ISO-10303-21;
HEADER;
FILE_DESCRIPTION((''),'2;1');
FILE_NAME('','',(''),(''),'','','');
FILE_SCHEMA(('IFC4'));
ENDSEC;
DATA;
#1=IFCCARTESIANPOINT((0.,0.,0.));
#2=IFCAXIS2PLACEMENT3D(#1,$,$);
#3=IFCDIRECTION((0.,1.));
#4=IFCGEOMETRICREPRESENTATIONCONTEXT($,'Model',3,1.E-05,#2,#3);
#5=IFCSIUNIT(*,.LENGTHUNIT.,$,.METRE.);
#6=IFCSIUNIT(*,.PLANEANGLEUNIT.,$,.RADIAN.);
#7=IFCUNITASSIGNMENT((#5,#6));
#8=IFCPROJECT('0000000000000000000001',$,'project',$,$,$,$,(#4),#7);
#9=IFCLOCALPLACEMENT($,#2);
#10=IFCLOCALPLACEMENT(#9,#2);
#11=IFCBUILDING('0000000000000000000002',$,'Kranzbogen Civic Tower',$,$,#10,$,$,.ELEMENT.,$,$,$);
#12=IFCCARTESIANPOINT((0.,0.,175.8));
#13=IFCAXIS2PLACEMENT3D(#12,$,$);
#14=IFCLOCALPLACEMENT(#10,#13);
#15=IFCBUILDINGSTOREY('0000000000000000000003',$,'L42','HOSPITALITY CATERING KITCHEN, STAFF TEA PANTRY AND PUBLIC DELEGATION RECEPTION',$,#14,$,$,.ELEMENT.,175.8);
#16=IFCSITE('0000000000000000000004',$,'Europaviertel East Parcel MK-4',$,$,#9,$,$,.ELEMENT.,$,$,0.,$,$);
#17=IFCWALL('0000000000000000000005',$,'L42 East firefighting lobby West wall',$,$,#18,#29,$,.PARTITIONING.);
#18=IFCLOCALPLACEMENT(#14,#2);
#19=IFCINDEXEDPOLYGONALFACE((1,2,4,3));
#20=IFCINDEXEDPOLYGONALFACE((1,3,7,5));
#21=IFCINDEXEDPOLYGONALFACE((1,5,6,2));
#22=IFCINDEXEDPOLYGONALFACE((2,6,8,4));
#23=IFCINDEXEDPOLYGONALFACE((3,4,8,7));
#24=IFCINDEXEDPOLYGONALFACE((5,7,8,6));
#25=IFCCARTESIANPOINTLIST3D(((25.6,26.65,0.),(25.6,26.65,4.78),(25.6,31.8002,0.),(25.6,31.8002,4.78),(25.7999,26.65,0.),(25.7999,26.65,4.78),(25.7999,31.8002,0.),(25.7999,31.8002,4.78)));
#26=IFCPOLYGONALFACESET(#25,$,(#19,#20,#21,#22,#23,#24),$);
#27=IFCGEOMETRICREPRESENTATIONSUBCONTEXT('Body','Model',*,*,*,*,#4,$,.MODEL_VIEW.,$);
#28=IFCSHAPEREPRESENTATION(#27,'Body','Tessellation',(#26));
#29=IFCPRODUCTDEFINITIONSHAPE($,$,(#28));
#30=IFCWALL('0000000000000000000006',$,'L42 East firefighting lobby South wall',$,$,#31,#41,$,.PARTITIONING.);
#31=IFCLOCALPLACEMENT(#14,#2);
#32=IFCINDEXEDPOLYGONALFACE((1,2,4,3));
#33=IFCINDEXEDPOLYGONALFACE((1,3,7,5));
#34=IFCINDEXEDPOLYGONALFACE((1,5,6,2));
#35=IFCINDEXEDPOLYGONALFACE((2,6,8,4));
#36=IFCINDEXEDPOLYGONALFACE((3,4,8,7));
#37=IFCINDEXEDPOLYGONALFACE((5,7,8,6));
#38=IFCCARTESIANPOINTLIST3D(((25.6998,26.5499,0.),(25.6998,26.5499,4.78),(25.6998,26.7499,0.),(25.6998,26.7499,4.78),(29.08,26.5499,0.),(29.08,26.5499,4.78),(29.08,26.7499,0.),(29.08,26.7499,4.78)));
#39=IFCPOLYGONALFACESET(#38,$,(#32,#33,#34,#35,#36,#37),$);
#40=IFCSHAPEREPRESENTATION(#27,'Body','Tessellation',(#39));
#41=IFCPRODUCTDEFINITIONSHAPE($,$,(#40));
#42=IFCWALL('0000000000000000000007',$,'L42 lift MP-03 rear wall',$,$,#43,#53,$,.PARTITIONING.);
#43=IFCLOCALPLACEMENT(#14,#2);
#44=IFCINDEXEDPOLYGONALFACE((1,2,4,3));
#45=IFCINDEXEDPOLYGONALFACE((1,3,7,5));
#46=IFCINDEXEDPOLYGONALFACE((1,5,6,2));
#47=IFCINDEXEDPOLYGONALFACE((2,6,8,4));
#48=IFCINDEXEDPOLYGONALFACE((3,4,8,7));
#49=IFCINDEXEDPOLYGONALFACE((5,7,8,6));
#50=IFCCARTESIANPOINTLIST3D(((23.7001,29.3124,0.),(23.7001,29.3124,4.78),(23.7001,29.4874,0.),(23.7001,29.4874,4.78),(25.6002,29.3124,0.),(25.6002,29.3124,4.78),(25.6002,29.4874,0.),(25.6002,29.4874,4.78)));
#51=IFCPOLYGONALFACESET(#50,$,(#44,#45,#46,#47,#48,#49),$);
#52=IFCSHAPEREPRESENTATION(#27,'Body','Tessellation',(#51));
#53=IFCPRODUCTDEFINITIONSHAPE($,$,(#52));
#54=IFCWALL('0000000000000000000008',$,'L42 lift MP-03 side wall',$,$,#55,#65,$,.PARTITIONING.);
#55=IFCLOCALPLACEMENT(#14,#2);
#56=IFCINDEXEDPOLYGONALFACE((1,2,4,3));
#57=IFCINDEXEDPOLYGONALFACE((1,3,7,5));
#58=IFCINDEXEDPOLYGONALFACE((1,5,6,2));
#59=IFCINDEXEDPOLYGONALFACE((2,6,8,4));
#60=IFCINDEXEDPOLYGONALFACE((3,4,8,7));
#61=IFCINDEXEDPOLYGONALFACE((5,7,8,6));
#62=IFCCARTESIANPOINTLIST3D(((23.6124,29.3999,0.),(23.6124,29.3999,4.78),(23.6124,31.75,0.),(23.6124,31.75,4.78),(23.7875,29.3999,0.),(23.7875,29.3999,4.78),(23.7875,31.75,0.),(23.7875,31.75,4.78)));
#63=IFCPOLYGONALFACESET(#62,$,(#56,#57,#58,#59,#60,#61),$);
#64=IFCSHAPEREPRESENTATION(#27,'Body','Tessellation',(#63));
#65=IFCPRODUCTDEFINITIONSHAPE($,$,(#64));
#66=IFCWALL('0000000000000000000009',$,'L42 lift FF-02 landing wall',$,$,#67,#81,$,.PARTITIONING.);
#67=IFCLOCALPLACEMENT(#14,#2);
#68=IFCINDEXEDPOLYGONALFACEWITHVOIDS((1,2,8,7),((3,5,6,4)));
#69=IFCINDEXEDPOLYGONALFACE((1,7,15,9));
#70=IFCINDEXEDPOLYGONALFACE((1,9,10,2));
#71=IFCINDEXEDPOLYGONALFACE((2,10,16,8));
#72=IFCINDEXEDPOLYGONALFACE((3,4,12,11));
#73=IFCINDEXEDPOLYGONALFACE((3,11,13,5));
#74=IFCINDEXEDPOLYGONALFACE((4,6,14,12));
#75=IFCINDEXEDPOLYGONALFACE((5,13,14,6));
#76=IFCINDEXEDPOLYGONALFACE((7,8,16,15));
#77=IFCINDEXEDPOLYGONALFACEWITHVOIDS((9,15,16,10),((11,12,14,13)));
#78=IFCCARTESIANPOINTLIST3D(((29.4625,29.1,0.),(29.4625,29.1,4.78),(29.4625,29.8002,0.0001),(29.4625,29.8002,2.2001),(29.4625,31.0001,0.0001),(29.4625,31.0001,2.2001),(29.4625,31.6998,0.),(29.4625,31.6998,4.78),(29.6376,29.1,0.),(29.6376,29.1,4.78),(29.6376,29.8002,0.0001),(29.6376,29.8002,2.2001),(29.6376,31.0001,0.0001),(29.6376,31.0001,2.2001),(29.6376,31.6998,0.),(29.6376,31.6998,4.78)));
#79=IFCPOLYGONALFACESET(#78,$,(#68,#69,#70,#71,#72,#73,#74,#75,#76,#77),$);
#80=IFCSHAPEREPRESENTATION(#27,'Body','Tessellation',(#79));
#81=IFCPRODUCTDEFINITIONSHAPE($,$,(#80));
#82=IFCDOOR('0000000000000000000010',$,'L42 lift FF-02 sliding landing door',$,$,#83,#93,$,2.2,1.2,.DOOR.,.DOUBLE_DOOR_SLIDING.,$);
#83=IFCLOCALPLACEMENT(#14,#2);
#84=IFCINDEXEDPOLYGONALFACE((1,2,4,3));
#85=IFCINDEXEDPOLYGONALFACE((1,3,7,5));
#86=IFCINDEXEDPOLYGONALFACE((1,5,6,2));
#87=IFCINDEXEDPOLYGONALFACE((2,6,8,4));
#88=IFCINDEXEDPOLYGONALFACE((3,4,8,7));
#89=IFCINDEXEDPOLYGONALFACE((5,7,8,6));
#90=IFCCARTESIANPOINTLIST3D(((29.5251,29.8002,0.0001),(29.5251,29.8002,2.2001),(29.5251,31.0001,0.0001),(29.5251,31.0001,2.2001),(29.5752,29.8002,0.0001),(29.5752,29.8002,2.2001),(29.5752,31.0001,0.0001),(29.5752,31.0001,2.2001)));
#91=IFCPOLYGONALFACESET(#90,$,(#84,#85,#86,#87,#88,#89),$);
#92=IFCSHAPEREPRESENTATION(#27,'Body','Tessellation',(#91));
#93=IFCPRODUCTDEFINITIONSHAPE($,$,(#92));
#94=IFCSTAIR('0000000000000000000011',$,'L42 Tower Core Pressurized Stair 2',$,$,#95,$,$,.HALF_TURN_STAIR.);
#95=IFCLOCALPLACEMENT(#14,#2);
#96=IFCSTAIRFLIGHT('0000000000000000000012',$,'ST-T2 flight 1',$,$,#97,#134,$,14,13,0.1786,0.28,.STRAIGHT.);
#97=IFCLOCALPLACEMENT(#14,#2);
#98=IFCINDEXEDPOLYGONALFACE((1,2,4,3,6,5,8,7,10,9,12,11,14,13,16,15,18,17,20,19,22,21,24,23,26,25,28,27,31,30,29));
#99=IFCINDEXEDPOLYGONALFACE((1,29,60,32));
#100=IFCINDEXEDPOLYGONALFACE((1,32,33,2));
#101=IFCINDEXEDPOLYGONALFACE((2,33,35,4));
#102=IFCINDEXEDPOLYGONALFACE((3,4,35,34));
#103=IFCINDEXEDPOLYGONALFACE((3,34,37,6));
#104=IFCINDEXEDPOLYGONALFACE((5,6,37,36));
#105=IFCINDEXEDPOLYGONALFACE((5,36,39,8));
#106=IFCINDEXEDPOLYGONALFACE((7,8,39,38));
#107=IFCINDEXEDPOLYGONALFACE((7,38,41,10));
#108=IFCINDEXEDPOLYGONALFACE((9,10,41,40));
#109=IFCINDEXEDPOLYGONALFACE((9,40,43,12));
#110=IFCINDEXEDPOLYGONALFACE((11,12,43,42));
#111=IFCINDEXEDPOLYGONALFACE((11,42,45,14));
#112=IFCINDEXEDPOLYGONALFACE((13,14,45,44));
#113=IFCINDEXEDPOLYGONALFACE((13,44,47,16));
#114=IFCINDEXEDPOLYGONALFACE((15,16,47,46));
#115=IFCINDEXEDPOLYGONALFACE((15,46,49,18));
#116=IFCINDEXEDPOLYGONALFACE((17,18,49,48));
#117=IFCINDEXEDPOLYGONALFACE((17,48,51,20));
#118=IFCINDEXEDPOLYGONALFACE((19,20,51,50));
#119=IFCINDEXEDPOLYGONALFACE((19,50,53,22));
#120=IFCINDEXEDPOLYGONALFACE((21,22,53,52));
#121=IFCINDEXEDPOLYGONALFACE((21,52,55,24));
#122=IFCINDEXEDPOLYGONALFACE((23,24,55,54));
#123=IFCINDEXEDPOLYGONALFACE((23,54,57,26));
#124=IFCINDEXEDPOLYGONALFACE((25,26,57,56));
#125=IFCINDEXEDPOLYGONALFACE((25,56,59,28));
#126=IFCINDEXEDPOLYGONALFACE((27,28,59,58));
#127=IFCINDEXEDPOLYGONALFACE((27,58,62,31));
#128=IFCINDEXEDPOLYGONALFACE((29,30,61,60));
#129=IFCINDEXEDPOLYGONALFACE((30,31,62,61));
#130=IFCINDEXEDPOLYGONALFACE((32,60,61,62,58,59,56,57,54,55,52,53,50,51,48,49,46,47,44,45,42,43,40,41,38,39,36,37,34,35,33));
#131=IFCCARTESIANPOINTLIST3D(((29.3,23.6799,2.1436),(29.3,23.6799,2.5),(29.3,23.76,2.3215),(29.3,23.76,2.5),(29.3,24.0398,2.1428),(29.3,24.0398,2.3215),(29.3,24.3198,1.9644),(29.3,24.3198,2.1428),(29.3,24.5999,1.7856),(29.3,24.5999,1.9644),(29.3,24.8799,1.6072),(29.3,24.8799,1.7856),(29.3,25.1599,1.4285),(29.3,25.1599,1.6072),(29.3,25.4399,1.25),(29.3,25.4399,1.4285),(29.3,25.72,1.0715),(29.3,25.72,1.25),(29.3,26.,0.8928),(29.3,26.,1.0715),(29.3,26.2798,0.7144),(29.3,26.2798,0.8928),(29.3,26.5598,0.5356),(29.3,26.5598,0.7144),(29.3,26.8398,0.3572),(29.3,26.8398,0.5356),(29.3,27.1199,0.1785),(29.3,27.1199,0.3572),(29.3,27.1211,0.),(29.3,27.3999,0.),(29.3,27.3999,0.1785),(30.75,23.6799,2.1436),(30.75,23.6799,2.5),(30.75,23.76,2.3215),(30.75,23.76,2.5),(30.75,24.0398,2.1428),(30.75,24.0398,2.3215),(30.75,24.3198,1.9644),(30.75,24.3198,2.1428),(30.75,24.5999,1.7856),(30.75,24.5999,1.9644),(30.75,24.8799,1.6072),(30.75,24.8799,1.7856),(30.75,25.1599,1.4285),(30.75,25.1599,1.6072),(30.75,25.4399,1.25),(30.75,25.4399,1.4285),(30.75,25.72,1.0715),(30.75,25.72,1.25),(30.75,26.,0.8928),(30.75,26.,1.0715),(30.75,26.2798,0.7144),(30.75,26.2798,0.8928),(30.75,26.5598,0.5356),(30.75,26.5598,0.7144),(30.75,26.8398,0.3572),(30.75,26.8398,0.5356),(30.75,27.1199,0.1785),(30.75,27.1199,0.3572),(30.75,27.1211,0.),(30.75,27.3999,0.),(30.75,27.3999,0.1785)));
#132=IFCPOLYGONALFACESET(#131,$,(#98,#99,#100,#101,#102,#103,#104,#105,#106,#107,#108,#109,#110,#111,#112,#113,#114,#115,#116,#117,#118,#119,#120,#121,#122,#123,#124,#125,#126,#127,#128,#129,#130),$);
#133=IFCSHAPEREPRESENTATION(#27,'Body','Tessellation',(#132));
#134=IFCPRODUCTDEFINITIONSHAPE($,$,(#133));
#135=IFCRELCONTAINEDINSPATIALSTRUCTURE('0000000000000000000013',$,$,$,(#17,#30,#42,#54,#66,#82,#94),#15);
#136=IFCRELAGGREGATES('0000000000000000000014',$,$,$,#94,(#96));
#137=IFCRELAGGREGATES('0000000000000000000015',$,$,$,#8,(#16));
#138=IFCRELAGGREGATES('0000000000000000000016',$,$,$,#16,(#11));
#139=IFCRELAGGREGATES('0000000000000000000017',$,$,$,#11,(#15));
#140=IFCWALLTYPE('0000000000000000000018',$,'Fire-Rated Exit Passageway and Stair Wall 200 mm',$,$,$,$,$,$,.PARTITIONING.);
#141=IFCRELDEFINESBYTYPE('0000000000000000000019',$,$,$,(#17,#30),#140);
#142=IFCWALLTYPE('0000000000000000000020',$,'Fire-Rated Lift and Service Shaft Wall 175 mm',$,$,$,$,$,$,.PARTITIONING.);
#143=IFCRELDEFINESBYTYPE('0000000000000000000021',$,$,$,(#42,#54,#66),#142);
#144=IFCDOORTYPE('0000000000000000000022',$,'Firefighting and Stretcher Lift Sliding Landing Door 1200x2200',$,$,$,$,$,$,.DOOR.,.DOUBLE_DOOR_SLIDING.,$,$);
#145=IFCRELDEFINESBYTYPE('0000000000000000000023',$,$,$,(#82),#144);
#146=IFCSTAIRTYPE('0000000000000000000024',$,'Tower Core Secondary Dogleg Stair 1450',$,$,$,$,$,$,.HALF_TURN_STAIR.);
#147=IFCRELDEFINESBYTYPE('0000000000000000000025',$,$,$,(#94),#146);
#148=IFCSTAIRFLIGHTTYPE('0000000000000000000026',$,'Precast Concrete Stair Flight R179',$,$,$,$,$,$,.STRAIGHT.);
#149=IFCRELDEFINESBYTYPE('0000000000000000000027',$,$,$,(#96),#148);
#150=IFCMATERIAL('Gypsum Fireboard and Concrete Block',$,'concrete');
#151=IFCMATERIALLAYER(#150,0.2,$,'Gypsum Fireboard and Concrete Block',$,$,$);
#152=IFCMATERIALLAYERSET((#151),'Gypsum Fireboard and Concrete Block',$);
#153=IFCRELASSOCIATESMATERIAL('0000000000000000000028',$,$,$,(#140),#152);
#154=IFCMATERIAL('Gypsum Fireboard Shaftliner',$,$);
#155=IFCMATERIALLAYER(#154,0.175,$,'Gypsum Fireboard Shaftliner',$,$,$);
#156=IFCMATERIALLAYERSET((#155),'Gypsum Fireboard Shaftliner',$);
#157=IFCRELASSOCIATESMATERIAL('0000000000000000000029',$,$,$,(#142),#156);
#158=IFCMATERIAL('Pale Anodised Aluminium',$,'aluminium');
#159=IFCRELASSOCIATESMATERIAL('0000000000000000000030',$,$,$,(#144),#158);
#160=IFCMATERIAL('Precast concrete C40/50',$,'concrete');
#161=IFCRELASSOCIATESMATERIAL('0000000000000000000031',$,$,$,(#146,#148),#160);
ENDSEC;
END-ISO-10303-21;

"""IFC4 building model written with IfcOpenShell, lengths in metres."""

from ifc_helpers import new_model, si_unit, direction, frame, frame_2d, origin, place, context, subcontext, project, spatial, polyline, rectangle, outline, extrude, material, layer, layer_set, type_object, element, fill, aggregate, save


model = new_model("IFC4")

# Units and contexts
model_context = context("Model", 3, precision=1e-05, world=origin(), true_north=direction((0.0, 1.0)))
body_context = subcontext(model_context, "Body", "Model", "MODEL_VIEW")
ifc_project = project(units=[si_unit("LENGTHUNIT", "METRE"), si_unit("PLANEANGLEUNIT", "RADIAN")], contexts=[model_context])

# Site, building, storey
site_placement = place(None, origin())
site = spatial("IfcSite", under=ifc_project, at=site_placement, Name="Europaviertel East Parcel MK-4", CompositionType="ELEMENT", RefElevation=0.0)
building_placement = place(site_placement, origin())
building = spatial("IfcBuilding", under=site, at=building_placement, Name="Kranzbogen Civic Tower", CompositionType="ELEMENT")
storey_placement = place(building_placement, frame((0.0, 0.0, 175.8)))
storey = spatial("IfcBuildingStorey", under=building, at=storey_placement, Name="L42", Description="HOSPITALITY CATERING KITCHEN, STAFF TEA PANTRY AND PUBLIC DELEGATION RECEPTION", CompositionType="ELEMENT", Elevation=175.8)

# Shared definitions
ifc_material_1 = material(Name="Pale Anodised Aluminium", Category="aluminium")

# Walls
ifc_material_2 = material(Name="Gypsum Fireboard and Concrete Block", Category="concrete")
ifc_layer_1 = layer(ifc_material_2, 0.2, Name="Gypsum Fireboard and Concrete Block")
ifc_layer_set_1 = layer_set([ifc_layer_1], Name="Gypsum Fireboard and Concrete Block")
wall_type_1 = type_object("IfcWallType", Name="Fire-Rated Exit Passageway and Stair Wall 200 mm", PredefinedType="PARTITIONING", material=ifc_layer_set_1)
wall_1_placement = place(storey_placement, frame((25.7, 26.6499, 0.0), z_axis=(0.0, 0.0, 1.0), x_axis=(0.0, 1.0, 0.0)))
element("IfcWall", 1, at=wall_1_placement, inside=storey, type_object=wall_type_1, Name="L42 East firefighting lobby West wall", PredefinedType="PARTITIONING", context=body_context, shape_type="SweptSolid", body=[
    extrude(rectangle(XDim=5.1501, YDim=0.2, at=frame_2d((2.5752, 0.0))), origin(), (0.0, 0.0, 1.0), 4.78),
])
wall_2_placement = place(storey_placement, frame((25.7, 26.6499, 0.0), z_axis=(0.0, 0.0, 1.0), x_axis=(1.0, 0.0, 0.0)))
element("IfcWall", 2, at=wall_2_placement, inside=storey, type_object=wall_type_1, Name="L42 East firefighting lobby South wall", PredefinedType="PARTITIONING", context=body_context, shape_type="SweptSolid", body=[
    extrude(rectangle(XDim=3.3801, YDim=0.2, at=frame_2d((1.6899, 0.0))), origin(), (0.0, 0.0, 1.0), 4.78),
])
ifc_material_3 = material(Name="Gypsum Fireboard Shaftliner")
ifc_layer_2 = layer(ifc_material_3, 0.175, Name="Gypsum Fireboard Shaftliner")
ifc_layer_set_2 = layer_set([ifc_layer_2], Name="Gypsum Fireboard Shaftliner")
wall_type_2 = type_object("IfcWallType", Name="Fire-Rated Lift and Service Shaft Wall 175 mm", PredefinedType="PARTITIONING", material=ifc_layer_set_2)
wall_3_placement = place(storey_placement, frame((23.7, 29.3999, 0.0), z_axis=(0.0, 0.0, 1.0), x_axis=(1.0, 0.0, 0.0)))
element("IfcWall", 3, at=wall_3_placement, inside=storey, type_object=wall_type_2, Name="L42 lift MP-03 rear wall", PredefinedType="PARTITIONING", context=body_context, shape_type="SweptSolid", body=[
    extrude(rectangle(XDim=1.9001, YDim=0.175, at=frame_2d((0.9502, 0.0))), origin(), (0.0, 0.0, 1.0), 4.78),
])
wall_4_placement = place(storey_placement, frame((23.7, 29.3999, 0.0), z_axis=(0.0, 0.0, 1.0), x_axis=(0.0, 1.0, 0.0)))
element("IfcWall", 4, at=wall_4_placement, inside=storey, type_object=wall_type_2, Name="L42 lift MP-03 side wall", PredefinedType="PARTITIONING", context=body_context, shape_type="SweptSolid", body=[
    extrude(rectangle(XDim=2.3501, YDim=0.175, at=frame_2d((1.175, 0.0))), origin(), (0.0, 0.0, 1.0), 4.78),
])

# Wall, opening, door
wall_5_placement = place(storey_placement, frame((29.55, 29.1001, 0.0), z_axis=(0.0, 0.0, 1.0), x_axis=(0.0, 1.0, 0.0)))
wall_5 = element("IfcWall", 5, at=wall_5_placement, inside=storey, type_object=wall_type_2, Name="L42 lift FF-02 landing wall", PredefinedType="PARTITIONING", context=body_context, shape_type="SweptSolid", body=[
    extrude(rectangle(XDim=2.5999, YDim=0.175, at=frame_2d((1.2998, 0.0))), origin(), (0.0, 0.0, 1.0), 4.78),
])
opening_1_placement = place(wall_5_placement, frame((0.7, 0.0, 0.0)))
opening_1 = element("IfcOpeningElement", 6, at=opening_1_placement, cuts=wall_5, PredefinedType="OPENING", context=body_context, shape_type="SweptSolid", body=[
    extrude(rectangle(XDim=1.2, YDim=2.2, at=frame_2d((0.6001, 1.1001))), frame((0.0, 0.0977, 0.0), z_axis=(0.0, -1.0, 0.0), x_axis=(1.0, 0.0, 0.0)), (0.0, 0.0, 1.0), 0.1951),
])
door_type_1 = type_object("IfcDoorType", Name="Firefighting and Stretcher Lift Sliding Landing Door 1200x2200", OperationType="DOUBLE_DOOR_SLIDING", PredefinedType="DOOR", material=ifc_material_1)
door_1_placement = place(opening_1_placement, origin())
door_1 = element("IfcDoor", 7, at=door_1_placement, inside=storey, type_object=door_type_1, Name="L42 lift FF-02 sliding landing door", OperationType="DOUBLE_DOOR_SLIDING", OverallHeight=2.2, OverallWidth=1.2, PredefinedType="DOOR", context=body_context, shape_type="SweptSolid", body=[
    extrude(rectangle(XDim=1.2, YDim=2.2, at=frame_2d((0.6001, 1.1001))), frame((0.0, 0.0249, 0.0), z_axis=(0.0, -1.0, 0.0), x_axis=(1.0, 0.0, 0.0)), (0.0, 0.0, 1.0), 0.05),
])
fill(opening_1, door_1)

# Stair, stair flight
ifc_material_4 = material(Name="Precast concrete C40/50", Category="concrete")
stair_type = type_object("IfcStairType", Name="Tower Core Secondary Dogleg Stair 1450", PredefinedType="HALF_TURN_STAIR", material=ifc_material_4)
stair_placement = place(storey_placement, origin())
stair = element("IfcStair", 8, at=stair_placement, inside=storey, type_object=stair_type, Name="L42 Tower Core Pressurized Stair 2", PredefinedType="HALF_TURN_STAIR")
stair_flight_type = type_object("IfcStairFlightType", Name="Precast Concrete Stair Flight R179", PredefinedType="STRAIGHT", material=ifc_material_4)
stair_flight_placement = place(storey_placement, frame((30.0249, 27.3999, 0.0), z_axis=(0.0, 0.0, 1.0), x_axis=(0.0, -1.0, 0.0)))
stair_flight = element("IfcStairFlight", 9, at=stair_flight_placement, type_object=stair_flight_type, Name="ST-T2 flight 1", NumberOfRisers=14, NumberOfTreads=13, PredefinedType="STRAIGHT", RiserHeight=0.1786, TreadLength=0.28, context=body_context, shape_type="SweptSolid", body=[
    extrude(outline(polyline([(0.0, 0.0), (0.0, 0.1785), (0.28, 0.1785), (0.28, 0.3572), (0.5601, 0.3572), (0.5601, 0.5356), (0.8401, 0.5356), (0.8401, 0.7144), (1.1201, 0.7144), (1.1201, 0.8928), (1.3999, 0.8928), (1.3999, 1.0715), (1.6799, 1.0715), (1.6799, 1.25), (1.96, 1.25), (1.96, 1.4285), (2.24, 1.4285), (2.24, 1.6072), (2.52, 1.6072), (2.52, 1.7856), (2.8, 1.7856), (2.8, 1.9644), (3.0801, 1.9644), (3.0801, 2.1428), (3.3601, 2.1428), (3.3601, 2.3215), (3.6399, 2.3215), (3.6399, 2.5), (3.72, 2.5), (3.72, 2.1436), (0.2788, 0.0), (0.0, 0.0)])), frame((0.0, 0.7251, 0.0), z_axis=(0.0, -1.0, 0.0), x_axis=(1.0, 0.0, 0.0)), (0.0, 0.0, 1.0), 1.45),
])
aggregate(stair, [stair_flight])

save(model, "model.ifc")
